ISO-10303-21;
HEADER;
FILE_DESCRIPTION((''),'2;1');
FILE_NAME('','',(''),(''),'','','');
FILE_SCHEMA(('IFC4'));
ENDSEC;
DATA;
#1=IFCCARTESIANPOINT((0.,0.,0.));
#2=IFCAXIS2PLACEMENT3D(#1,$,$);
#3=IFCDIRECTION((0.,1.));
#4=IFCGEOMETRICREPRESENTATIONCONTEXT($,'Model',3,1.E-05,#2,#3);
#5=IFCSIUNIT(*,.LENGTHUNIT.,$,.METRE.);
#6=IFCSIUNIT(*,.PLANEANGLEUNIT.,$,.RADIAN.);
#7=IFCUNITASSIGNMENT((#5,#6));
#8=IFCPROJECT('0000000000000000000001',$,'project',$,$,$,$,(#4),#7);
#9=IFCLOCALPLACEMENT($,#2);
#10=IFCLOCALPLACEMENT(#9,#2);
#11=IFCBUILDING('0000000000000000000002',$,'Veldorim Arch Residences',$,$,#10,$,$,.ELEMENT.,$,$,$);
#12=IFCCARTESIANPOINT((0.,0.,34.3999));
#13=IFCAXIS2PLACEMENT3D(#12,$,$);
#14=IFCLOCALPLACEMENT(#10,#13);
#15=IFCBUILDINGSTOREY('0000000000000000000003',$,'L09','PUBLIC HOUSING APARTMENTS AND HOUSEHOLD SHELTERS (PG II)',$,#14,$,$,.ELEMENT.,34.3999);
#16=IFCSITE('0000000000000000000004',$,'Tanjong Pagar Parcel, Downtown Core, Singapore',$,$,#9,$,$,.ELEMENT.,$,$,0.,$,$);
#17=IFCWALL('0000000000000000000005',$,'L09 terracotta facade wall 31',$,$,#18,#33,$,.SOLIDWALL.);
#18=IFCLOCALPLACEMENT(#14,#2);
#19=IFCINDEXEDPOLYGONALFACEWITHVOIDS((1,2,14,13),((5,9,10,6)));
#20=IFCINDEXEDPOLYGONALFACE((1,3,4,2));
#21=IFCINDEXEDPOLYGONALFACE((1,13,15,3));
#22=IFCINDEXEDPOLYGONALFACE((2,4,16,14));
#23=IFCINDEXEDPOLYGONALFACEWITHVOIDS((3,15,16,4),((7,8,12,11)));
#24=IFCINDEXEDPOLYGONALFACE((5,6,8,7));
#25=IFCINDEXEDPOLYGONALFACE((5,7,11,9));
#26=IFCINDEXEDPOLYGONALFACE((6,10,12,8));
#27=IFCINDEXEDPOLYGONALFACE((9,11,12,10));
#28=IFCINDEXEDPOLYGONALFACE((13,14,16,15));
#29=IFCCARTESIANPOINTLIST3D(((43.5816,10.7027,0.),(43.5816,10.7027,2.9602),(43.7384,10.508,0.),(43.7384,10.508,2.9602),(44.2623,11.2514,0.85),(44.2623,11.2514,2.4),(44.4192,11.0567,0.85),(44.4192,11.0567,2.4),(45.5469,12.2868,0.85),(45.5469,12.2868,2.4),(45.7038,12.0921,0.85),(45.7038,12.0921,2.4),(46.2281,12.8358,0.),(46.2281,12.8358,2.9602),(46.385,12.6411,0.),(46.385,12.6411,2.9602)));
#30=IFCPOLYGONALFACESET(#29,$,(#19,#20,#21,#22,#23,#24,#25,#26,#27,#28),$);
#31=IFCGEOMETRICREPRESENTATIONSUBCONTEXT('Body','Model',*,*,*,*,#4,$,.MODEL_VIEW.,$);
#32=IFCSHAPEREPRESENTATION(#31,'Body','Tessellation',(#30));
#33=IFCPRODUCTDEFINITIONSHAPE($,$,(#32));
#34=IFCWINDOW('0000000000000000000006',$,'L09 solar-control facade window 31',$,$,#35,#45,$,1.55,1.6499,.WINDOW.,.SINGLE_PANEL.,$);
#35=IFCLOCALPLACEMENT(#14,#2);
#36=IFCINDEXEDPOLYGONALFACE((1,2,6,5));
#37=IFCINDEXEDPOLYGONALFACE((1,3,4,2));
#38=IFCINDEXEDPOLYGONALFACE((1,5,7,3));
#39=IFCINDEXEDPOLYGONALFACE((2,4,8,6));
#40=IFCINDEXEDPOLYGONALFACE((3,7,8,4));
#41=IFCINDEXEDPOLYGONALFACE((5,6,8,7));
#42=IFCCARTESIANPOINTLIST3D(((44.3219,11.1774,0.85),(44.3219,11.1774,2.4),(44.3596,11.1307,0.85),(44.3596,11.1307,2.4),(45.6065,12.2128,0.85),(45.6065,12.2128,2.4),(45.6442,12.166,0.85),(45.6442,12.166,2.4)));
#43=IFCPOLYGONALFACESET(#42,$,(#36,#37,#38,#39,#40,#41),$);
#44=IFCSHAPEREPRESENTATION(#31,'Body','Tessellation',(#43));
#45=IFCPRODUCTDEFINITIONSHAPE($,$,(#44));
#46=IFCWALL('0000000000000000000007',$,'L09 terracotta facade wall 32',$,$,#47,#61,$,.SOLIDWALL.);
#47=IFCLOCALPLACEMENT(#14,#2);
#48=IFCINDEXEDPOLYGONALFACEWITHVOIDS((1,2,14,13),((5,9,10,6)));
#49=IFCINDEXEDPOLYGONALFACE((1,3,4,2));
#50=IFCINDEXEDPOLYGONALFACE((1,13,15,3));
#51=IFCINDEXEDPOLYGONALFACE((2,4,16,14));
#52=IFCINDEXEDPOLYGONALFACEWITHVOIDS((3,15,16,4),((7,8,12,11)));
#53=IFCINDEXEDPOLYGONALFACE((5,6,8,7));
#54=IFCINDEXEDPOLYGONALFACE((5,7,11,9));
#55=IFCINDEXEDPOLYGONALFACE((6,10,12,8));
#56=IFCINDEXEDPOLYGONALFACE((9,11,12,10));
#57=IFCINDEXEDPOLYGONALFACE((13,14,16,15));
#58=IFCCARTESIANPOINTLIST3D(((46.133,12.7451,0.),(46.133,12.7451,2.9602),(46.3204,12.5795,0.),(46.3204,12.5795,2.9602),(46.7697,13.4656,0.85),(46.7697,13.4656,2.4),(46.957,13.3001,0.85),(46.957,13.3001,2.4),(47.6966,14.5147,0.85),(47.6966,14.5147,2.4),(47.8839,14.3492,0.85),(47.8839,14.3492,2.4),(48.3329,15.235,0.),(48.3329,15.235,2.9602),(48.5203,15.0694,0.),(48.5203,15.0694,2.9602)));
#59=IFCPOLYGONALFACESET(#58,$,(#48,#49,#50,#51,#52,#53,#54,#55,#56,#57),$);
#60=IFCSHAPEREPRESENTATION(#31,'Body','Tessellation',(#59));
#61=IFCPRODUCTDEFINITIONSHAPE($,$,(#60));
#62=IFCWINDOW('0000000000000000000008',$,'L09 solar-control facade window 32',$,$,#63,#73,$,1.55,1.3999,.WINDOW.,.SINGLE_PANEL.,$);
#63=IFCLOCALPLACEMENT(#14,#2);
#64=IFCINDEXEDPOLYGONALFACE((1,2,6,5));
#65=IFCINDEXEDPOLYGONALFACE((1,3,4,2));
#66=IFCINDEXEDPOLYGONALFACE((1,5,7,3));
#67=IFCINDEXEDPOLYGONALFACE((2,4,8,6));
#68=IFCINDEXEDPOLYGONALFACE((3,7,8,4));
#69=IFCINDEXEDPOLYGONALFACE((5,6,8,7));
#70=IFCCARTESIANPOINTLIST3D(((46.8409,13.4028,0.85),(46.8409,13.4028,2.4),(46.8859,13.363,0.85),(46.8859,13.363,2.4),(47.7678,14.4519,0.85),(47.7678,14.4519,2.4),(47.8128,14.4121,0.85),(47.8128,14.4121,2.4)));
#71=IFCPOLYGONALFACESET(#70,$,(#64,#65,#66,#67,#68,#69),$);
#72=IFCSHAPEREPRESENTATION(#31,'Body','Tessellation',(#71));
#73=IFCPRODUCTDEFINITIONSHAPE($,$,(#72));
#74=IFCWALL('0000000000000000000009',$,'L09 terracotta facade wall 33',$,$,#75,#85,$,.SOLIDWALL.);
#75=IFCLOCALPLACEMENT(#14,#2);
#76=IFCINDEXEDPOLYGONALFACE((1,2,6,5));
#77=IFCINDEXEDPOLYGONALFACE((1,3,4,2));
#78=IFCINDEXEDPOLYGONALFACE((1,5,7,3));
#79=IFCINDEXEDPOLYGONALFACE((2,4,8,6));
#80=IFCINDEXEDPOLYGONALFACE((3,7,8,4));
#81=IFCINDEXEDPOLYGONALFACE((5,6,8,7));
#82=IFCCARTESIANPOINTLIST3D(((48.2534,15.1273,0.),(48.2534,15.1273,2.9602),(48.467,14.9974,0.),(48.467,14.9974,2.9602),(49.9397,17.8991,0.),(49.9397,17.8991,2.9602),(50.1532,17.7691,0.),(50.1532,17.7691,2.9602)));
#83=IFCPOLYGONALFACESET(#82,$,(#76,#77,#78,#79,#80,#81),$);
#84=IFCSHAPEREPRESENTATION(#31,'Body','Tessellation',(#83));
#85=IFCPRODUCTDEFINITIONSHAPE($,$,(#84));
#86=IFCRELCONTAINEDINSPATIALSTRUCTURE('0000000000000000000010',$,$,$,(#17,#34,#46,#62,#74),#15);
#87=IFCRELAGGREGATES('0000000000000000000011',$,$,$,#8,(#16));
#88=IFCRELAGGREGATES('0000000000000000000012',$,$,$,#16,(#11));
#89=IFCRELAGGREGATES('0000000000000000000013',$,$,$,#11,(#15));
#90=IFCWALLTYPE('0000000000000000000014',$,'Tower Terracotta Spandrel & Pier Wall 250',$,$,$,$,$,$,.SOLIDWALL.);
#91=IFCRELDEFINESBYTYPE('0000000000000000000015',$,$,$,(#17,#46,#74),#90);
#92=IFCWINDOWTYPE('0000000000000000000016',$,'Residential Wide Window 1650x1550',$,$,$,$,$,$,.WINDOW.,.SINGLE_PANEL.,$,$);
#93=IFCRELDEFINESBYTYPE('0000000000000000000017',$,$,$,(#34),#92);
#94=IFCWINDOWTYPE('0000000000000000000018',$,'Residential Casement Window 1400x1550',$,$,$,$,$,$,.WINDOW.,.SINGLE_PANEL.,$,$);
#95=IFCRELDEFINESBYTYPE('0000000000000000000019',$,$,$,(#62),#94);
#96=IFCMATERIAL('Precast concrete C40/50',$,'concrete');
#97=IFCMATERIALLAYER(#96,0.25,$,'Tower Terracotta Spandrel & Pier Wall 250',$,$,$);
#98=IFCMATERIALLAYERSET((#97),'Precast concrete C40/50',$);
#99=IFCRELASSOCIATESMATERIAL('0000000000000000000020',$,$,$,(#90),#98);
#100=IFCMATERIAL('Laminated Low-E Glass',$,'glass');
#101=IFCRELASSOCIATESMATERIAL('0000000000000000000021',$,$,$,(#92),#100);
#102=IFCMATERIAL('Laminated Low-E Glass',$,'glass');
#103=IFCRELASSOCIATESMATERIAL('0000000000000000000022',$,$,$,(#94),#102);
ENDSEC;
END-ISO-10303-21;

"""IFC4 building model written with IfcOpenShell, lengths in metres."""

from ifc_helpers import new_model, si_unit, direction, frame, frame_2d, origin, place, context, subcontext, project, spatial, rectangle, extrude, material, layer, layer_set, type_object, element, fill, save


model = new_model("IFC4")

# Units and contexts
model_context = context("Model", 3, precision=1e-05, world=origin(), true_north=direction((0.0, 1.0)))
body_context = subcontext(model_context, "Body", "Model", "MODEL_VIEW")
ifc_project = project(units=[si_unit("LENGTHUNIT", "METRE"), si_unit("PLANEANGLEUNIT", "RADIAN")], contexts=[model_context])

# Site, building, storey
site_placement = place(None, origin())
site = spatial("IfcSite", under=ifc_project, at=site_placement, Name="Tanjong Pagar Parcel, Downtown Core, Singapore", CompositionType="ELEMENT", RefElevation=0.0)
building_placement = place(site_placement, origin())
building = spatial("IfcBuilding", under=site, at=building_placement, Name="Veldorim Arch Residences", CompositionType="ELEMENT")
storey_placement = place(building_placement, frame((0.0, 0.0, 34.3999)))
storey = spatial("IfcBuildingStorey", under=building, at=storey_placement, Name="L09", Description="PUBLIC HOUSING APARTMENTS AND HOUSEHOLD SHELTERS (PG II)", CompositionType="ELEMENT", Elevation=34.3999)

# Walls, openings, windows
ifc_material_1 = material(Name="Precast concrete C40/50", Category="concrete")
ifc_layer_1 = layer(ifc_material_1, 0.25, Name="Tower Terracotta Spandrel & Pier Wall 250")
ifc_layer_set_1 = layer_set([ifc_layer_1], Name="Precast concrete C40/50")
wall_type_1 = type_object("IfcWallType", Name="Tower Terracotta Spandrel & Pier Wall 250", PredefinedType="SOLIDWALL", material=ifc_layer_set_1)
wall_1_placement = place(storey_placement, frame((46.3066, 12.7385, 0.0), z_axis=(0.0, 0.0, 1.0), x_axis=(-0.778586, -0.627538, 0.0)))
wall_1 = element("IfcWall", 1, at=wall_1_placement, inside=storey, type_object=wall_type_1, Name="L09 terracotta facade wall 31", PredefinedType="SOLIDWALL", context=body_context, shape_type="SweptSolid", body=[
    extrude(rectangle(XDim=3.3992, YDim=0.25, at=frame_2d((1.6997, 0.0))), origin(), (0.0, 0.0, 1.0), 2.9602),
])
opening_1_placement = place(wall_1_placement, frame((0.875, 0.0, 0.8501)))
opening_1 = element("IfcOpeningElement", 2, at=opening_1_placement, cuts=wall_1, PredefinedType="OPENING", context=body_context, shape_type="SweptSolid", body=[
    extrude(rectangle(XDim=1.6499, YDim=1.55, at=frame_2d((0.825, 0.7749))), frame((0.0, 0.135, 0.0), z_axis=(0.0, -1.0, 0.0), x_axis=(1.0, 0.0, 0.0)), (0.0, 0.0, 1.0), 0.27),
])
ifc_material_2 = material(Name="Laminated Low-E Glass", Category="glass")
window_type_1 = type_object("IfcWindowType", Name="Residential Wide Window 1650x1550", PartitioningType="SINGLE_PANEL", PredefinedType="WINDOW", material=ifc_material_2)
window_1_placement = place(opening_1_placement, origin())
window_1 = element("IfcWindow", 3, at=window_1_placement, inside=storey, type_object=window_type_1, Name="L09 solar-control facade window 31", OverallHeight=1.55, OverallWidth=1.6499, PartitioningType="SINGLE_PANEL", PredefinedType="WINDOW", context=body_context, shape_type="SweptSolid", body=[
    extrude(rectangle(XDim=1.6499, YDim=1.55, at=frame_2d((0.825, 0.7749))), frame((0.0, 0.03, 0.0), z_axis=(0.0, -1.0, 0.0), x_axis=(1.0, 0.0, 0.0)), (0.0, 0.0, 1.0), 0.0601),
])
fill(opening_1, window_1)
wall_2_placement = place(storey_placement, frame((48.4265, 15.1521, 0.0), z_axis=(0.0, 0.0, 1.0), x_axis=(-0.662112, -0.749405, 0.0)))
wall_2 = element("IfcWall", 4, at=wall_2_placement, inside=storey, type_object=wall_type_1, Name="L09 terracotta facade wall 32", PredefinedType="SOLIDWALL", context=body_context, shape_type="SweptSolid", body=[
    extrude(rectangle(XDim=3.3225, YDim=0.25, at=frame_2d((1.6611, 0.0))), origin(), (0.0, 0.0, 1.0), 2.9602),
])
opening_2_placement = place(wall_2_placement, frame((0.9609, 0.0, 0.8501)))
opening_2 = element("IfcOpeningElement", 5, at=opening_2_placement, cuts=wall_2, PredefinedType="OPENING", context=body_context, shape_type="SweptSolid", body=[
    extrude(rectangle(XDim=1.3999, YDim=1.55, at=frame_2d((0.7, 0.7749))), frame((0.0, 0.135, 0.0), z_axis=(0.0, -1.0, 0.0), x_axis=(1.0, 0.0, 0.0)), (0.0, 0.0, 1.0), 0.27),
])
ifc_material_3 = material(Name="Laminated Low-E Glass", Category="glass")
window_type_2 = type_object("IfcWindowType", Name="Residential Casement Window 1400x1550", PartitioningType="SINGLE_PANEL", PredefinedType="WINDOW", material=ifc_material_3)
window_2_placement = place(opening_2_placement, origin())
window_2 = element("IfcWindow", 6, at=window_2_placement, inside=storey, type_object=window_type_2, Name="L09 solar-control facade window 32", OverallHeight=1.55, OverallWidth=1.3999, PartitioningType="SINGLE_PANEL", PredefinedType="WINDOW", context=body_context, shape_type="SweptSolid", body=[
    extrude(rectangle(XDim=1.3999, YDim=1.55, at=frame_2d((0.7, 0.7749))), frame((0.0, 0.03, 0.0), z_axis=(0.0, -1.0, 0.0), x_axis=(1.0, 0.0, 0.0)), (0.0, 0.0, 1.0), 0.0601),
])
fill(opening_2, window_2)

# Wall
wall_3_placement = place(storey_placement, frame((50.0464, 17.834, 0.0), z_axis=(0.0, 0.0, 1.0), x_axis=(-0.519754, -0.854316, 0.0)))
element("IfcWall", 7, at=wall_3_placement, inside=storey, type_object=wall_type_1, Name="L09 terracotta facade wall 33", PredefinedType="SOLIDWALL", context=body_context, shape_type="SweptSolid", body=[
    extrude(rectangle(XDim=3.2444, YDim=0.25, at=frame_2d((1.6221, 0.0))), origin(), (0.0, 0.0, 1.0), 2.9602),
])

save(model, "model.ifc")
